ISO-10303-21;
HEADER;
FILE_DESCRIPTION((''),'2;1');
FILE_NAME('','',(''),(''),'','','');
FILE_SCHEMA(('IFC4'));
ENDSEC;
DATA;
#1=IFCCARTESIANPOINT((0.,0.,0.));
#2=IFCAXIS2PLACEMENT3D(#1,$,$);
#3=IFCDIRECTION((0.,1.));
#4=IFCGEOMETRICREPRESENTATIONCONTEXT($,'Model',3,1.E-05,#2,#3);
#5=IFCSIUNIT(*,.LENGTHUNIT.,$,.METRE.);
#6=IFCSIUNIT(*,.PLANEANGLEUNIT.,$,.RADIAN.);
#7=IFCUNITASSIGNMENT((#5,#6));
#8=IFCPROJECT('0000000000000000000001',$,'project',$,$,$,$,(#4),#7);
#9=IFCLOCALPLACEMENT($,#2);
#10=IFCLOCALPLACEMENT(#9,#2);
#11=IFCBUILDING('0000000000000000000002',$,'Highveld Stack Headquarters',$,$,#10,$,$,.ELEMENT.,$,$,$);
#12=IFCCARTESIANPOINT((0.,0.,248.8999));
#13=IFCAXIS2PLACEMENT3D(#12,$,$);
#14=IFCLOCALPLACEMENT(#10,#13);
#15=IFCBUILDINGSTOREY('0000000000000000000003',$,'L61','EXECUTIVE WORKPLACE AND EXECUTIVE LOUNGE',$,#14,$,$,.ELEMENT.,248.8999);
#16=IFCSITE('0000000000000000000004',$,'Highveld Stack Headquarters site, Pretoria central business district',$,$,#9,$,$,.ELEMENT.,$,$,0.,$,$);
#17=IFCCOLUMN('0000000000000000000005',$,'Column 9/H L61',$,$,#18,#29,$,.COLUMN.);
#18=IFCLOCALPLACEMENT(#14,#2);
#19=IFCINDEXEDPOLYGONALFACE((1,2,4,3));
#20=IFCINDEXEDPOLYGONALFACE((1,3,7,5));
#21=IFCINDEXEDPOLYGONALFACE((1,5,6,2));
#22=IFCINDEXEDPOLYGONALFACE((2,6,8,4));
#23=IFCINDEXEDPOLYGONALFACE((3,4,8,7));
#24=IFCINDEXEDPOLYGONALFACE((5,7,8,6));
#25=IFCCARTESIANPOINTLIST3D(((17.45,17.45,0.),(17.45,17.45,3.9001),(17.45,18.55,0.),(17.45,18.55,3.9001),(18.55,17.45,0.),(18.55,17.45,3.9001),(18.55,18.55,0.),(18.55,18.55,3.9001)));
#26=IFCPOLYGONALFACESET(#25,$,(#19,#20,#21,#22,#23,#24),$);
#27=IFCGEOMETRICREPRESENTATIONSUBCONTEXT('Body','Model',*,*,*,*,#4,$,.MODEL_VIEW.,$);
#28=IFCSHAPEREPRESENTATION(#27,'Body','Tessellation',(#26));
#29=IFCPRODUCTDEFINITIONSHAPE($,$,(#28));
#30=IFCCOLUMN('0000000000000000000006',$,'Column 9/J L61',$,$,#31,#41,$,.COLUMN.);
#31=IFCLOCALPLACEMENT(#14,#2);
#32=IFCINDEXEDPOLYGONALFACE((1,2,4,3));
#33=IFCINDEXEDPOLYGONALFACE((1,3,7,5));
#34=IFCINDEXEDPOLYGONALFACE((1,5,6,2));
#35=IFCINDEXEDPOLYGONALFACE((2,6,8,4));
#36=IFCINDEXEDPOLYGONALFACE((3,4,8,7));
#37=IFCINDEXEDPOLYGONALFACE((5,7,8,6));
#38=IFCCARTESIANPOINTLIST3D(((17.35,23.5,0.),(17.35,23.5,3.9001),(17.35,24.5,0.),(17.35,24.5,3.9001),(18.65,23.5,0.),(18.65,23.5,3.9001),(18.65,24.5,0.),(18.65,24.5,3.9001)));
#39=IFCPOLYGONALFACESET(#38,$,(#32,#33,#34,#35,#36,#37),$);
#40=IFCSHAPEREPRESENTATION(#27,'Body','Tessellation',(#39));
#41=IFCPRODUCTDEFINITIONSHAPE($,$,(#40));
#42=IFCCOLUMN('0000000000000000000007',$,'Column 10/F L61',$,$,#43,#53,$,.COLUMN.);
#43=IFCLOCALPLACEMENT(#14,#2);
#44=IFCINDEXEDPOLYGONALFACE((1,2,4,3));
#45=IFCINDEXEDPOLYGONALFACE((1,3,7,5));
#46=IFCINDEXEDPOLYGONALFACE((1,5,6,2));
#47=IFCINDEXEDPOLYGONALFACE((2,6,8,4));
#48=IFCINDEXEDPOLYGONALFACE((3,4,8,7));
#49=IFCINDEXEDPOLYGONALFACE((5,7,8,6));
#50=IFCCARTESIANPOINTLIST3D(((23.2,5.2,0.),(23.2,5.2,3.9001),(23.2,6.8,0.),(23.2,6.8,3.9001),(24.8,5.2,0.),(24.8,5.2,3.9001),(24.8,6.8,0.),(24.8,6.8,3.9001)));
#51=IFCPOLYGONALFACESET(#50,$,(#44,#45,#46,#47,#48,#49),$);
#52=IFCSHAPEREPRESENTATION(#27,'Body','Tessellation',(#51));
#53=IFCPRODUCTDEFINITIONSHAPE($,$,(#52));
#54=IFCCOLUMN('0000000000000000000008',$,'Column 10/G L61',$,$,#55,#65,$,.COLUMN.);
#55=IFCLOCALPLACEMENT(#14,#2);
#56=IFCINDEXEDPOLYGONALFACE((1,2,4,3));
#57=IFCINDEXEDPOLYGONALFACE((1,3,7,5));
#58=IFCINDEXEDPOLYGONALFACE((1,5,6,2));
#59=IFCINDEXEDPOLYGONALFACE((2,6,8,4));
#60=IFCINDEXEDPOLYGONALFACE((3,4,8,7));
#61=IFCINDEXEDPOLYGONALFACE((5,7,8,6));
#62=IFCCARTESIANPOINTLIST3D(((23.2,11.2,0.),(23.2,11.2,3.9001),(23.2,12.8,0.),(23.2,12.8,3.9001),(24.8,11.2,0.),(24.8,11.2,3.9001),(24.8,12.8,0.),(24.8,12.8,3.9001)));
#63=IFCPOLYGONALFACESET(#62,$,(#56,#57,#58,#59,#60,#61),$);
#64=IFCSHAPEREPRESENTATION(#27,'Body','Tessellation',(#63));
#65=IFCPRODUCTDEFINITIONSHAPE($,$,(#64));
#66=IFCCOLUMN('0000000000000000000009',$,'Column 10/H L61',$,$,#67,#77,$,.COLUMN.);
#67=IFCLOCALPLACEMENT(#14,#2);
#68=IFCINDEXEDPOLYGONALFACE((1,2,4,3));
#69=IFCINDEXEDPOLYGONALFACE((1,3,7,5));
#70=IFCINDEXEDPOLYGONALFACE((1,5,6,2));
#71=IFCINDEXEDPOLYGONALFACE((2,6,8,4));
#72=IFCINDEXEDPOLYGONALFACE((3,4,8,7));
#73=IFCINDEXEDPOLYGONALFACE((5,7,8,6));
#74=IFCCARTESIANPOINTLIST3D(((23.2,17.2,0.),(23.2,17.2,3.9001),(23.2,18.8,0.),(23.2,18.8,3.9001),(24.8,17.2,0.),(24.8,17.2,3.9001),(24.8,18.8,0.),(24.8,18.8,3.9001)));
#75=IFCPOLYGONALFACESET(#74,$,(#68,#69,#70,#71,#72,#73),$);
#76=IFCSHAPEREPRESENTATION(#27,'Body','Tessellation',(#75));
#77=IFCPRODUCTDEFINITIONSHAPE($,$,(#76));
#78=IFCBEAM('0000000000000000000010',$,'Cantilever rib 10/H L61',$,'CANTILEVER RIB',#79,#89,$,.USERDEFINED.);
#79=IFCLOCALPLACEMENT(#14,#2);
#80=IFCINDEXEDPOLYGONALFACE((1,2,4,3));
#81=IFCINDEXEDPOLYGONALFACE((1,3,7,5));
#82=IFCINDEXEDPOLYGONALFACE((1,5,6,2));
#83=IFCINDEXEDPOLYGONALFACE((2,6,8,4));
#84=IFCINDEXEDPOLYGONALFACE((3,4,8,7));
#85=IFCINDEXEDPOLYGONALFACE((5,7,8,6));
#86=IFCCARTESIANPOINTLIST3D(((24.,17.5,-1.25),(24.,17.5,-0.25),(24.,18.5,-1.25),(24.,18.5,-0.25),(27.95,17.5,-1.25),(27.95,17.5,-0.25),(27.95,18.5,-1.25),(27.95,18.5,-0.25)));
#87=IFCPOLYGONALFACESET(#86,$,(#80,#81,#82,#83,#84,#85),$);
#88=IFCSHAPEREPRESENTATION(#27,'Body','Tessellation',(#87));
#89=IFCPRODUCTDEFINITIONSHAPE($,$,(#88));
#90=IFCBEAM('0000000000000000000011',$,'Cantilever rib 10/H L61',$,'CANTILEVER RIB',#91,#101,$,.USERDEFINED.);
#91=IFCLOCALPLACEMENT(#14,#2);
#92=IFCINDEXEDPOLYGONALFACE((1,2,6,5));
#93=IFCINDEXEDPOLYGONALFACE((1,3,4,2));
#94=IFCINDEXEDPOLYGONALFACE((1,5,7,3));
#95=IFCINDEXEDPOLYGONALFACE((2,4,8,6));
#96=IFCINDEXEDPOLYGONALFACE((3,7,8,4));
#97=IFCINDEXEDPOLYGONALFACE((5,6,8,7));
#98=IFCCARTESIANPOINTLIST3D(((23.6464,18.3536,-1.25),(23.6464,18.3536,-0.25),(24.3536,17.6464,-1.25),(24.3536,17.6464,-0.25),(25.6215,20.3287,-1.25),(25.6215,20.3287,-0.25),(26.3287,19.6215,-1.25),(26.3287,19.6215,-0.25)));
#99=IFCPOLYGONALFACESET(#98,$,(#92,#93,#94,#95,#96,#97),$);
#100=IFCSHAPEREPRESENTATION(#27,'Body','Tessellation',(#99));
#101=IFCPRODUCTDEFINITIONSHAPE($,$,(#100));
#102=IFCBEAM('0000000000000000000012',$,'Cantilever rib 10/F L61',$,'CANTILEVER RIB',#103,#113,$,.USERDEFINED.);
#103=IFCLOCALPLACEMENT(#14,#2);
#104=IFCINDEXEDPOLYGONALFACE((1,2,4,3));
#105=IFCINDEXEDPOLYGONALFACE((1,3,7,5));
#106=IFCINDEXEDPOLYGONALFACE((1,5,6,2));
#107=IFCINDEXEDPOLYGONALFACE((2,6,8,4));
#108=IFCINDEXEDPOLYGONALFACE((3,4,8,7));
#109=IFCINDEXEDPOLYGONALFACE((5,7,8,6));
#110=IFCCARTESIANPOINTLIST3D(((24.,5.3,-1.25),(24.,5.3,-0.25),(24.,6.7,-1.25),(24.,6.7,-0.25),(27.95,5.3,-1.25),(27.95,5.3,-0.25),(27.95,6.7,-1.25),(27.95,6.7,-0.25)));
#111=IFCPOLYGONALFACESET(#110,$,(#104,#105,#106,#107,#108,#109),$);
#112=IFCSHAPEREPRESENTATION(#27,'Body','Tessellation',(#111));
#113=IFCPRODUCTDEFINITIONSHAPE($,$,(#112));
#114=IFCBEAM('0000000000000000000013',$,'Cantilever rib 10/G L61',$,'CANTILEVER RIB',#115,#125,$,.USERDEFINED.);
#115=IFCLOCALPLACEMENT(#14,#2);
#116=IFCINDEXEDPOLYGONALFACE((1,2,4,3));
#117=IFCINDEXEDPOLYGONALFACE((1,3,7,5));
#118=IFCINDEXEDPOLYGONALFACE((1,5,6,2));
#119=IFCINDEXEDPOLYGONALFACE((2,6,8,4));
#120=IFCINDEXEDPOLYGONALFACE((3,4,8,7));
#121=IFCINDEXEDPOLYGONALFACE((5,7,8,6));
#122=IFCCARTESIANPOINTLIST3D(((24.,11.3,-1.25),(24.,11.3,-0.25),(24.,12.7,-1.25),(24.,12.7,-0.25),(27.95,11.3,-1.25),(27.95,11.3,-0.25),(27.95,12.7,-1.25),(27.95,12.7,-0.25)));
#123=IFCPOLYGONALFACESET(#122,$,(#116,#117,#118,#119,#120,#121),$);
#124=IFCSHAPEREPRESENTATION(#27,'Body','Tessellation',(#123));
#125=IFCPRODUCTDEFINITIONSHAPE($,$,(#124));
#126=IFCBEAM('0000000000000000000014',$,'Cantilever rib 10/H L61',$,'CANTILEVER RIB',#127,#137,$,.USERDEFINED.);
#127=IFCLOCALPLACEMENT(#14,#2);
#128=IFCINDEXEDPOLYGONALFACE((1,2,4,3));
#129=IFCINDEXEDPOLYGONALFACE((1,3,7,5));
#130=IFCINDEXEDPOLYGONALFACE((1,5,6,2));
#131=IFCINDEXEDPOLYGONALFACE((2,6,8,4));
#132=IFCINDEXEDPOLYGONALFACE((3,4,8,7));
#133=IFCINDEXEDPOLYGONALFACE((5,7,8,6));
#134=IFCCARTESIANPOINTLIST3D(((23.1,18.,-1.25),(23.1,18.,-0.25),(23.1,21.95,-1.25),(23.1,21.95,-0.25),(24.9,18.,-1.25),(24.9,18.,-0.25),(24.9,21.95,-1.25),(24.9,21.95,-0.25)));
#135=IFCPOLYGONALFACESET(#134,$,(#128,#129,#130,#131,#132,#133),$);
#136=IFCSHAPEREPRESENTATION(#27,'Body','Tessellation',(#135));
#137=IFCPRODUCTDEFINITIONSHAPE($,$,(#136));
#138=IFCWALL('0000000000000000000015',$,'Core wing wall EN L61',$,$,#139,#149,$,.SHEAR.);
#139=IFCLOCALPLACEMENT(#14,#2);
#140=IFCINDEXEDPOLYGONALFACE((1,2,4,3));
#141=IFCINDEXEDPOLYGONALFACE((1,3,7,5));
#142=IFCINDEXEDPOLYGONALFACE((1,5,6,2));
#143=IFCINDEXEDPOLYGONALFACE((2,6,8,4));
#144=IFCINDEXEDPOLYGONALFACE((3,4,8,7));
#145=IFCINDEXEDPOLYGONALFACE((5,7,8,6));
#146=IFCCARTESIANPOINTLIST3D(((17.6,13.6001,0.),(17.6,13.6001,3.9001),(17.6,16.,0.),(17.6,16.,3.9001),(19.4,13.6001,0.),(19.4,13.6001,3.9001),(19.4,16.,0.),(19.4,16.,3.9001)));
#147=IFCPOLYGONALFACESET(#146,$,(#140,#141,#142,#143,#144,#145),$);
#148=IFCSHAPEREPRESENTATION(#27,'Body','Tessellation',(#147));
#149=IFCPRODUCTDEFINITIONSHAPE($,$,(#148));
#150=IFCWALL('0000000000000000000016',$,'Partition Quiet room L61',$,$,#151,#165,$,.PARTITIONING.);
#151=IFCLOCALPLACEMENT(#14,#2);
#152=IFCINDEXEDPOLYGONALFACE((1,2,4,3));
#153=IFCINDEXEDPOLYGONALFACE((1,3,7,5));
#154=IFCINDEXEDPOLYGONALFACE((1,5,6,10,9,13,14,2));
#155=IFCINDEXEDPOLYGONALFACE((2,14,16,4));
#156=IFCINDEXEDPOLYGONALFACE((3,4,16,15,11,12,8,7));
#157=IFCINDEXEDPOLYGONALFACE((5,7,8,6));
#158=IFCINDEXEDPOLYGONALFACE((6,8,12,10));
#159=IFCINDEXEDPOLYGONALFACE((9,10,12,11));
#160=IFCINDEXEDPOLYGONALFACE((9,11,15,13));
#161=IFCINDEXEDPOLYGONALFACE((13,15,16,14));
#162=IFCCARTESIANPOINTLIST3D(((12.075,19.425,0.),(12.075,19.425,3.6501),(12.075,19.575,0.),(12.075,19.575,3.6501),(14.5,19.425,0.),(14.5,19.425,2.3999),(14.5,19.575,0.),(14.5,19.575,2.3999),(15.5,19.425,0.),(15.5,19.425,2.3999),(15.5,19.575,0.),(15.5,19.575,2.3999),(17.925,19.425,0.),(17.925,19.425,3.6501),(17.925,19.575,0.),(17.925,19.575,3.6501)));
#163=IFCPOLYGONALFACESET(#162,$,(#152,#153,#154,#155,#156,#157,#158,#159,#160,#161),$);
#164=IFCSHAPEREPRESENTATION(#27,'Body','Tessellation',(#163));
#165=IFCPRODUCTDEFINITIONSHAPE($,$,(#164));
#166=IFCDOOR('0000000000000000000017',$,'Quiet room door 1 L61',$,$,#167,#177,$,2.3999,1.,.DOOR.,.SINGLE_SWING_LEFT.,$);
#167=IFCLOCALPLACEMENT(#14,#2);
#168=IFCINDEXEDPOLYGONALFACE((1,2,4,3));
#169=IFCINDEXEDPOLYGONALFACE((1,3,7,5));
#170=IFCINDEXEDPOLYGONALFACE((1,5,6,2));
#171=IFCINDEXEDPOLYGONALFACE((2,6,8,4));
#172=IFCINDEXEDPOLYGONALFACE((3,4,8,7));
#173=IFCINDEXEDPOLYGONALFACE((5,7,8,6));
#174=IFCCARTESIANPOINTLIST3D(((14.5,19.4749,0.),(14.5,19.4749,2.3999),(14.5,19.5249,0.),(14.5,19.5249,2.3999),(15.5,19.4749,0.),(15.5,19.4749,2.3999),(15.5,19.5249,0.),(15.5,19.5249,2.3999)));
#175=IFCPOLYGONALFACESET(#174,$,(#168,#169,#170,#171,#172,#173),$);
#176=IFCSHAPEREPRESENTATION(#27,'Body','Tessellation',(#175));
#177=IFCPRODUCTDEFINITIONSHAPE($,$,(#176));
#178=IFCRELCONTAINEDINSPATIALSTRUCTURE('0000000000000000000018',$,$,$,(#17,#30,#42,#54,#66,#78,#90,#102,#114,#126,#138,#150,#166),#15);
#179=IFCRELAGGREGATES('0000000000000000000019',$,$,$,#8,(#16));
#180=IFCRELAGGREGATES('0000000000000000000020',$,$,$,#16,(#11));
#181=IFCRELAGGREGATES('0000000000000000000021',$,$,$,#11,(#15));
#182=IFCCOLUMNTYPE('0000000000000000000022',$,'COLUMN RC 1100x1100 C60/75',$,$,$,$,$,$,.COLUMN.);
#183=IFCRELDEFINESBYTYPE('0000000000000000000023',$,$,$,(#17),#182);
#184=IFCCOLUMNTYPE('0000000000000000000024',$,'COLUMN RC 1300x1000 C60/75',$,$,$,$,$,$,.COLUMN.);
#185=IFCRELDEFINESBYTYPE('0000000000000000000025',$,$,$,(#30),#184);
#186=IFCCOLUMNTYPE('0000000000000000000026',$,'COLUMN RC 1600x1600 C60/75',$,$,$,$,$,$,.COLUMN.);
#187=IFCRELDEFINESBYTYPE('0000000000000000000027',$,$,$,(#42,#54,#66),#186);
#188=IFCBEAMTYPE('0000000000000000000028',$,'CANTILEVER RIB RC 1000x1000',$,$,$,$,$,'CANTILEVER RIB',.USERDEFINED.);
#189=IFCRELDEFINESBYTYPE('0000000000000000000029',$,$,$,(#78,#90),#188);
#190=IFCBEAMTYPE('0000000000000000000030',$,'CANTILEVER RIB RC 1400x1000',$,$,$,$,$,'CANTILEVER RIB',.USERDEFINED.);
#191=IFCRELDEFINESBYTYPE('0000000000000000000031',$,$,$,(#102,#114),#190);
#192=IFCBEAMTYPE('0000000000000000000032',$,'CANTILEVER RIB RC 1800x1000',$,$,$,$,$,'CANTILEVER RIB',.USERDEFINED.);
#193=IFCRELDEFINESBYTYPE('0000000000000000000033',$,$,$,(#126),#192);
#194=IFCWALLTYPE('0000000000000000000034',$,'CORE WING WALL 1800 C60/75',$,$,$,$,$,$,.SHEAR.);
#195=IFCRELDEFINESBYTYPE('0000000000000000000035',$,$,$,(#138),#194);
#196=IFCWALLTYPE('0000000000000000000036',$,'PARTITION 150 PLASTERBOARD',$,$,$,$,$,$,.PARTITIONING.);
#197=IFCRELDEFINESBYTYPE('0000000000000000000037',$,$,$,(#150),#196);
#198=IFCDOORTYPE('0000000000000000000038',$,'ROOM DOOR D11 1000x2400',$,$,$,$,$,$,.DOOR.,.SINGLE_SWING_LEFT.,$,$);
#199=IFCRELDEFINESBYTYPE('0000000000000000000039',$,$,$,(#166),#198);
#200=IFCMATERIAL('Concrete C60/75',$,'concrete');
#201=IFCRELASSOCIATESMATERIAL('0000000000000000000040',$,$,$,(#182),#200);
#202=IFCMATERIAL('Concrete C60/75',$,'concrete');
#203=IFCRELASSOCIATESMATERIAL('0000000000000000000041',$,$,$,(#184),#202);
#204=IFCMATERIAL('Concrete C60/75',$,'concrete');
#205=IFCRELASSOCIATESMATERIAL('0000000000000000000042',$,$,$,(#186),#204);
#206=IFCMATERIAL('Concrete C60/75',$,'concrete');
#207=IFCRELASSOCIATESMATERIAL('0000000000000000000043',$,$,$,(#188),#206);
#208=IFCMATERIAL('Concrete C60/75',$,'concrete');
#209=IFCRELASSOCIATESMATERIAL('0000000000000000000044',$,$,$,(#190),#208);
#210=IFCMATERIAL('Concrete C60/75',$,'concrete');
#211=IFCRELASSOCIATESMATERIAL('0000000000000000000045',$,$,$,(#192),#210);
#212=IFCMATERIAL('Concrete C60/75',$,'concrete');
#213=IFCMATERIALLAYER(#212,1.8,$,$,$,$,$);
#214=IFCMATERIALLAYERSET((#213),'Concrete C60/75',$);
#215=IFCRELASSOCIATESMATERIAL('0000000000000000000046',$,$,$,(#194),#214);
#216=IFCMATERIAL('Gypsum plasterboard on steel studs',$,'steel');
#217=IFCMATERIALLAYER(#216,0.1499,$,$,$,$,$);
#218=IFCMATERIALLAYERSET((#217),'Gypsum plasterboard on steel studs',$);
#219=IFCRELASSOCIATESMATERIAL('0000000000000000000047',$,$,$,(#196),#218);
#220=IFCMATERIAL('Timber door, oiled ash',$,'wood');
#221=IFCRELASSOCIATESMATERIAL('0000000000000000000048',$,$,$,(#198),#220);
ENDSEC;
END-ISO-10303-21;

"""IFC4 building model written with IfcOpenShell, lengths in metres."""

from ifc_helpers import new_model, si_unit, direction, frame, frame_2d, origin, origin_2d, place, context, subcontext, project, spatial, rectangle, extrude, material, layer, layer_set, material_profile, profile_set, type_object, element, fill, save


model = new_model("IFC4")

# Units and contexts
model_context = context("Model", 3, precision=1e-05, world=origin(), true_north=direction((0.0, 1.0)))
body_context = subcontext(model_context, "Body", "Model", "MODEL_VIEW")
ifc_project = project(units=[si_unit("LENGTHUNIT", "METRE"), si_unit("PLANEANGLEUNIT", "RADIAN")], contexts=[model_context])

# Site, building, storey
site_placement = place(None, origin())
site = spatial("IfcSite", under=ifc_project, at=site_placement, Name="Highveld Stack Headquarters site, Pretoria central business district", CompositionType="ELEMENT", RefElevation=0.0)
building_placement = place(site_placement, origin())
building = spatial("IfcBuilding", under=site, at=building_placement, Name="Highveld Stack Headquarters", CompositionType="ELEMENT")
storey_placement = place(building_placement, frame((0.0, 0.0, 248.8999)))
storey = spatial("IfcBuildingStorey", under=building, at=storey_placement, Name="L61", Description="EXECUTIVE WORKPLACE AND EXECUTIVE LOUNGE", CompositionType="ELEMENT", Elevation=248.8999)

# Columns
ifc_material_1 = material(Name="Concrete C60/75", Category="concrete")
ifc_material_profile_1 = material_profile(ifc_material_1, rectangle(XDim=1.1001, YDim=1.1001, at=origin_2d()), Name="RC 1100x1100")
ifc_profile_set_1 = profile_set([ifc_material_profile_1], Name="Concrete C60/75")
column_type_1 = type_object("IfcColumnType", Name="COLUMN RC 1100x1100 C60/75", PredefinedType="COLUMN", material=ifc_profile_set_1)
column_1_placement = place(storey_placement, frame((18.0, 18.0, 0.0), z_axis=(0.0, 0.0, 1.0), x_axis=(1.0, 0.0, 0.0)))
element("IfcColumn", 1, at=column_1_placement, inside=storey, type_object=column_type_1, Name="Column 9/H L61", PredefinedType="COLUMN", context=body_context, shape_type="SweptSolid", body=[
    extrude(rectangle(XDim=1.1001, YDim=1.1001, at=origin_2d()), origin(), (0.0, 0.0, 1.0), 3.9001),
])
ifc_material_2 = material(Name="Concrete C60/75", Category="concrete")
ifc_material_profile_2 = material_profile(ifc_material_2, rectangle(XDim=1.3, YDim=1.0, at=origin_2d()), Name="RC 1300x1000")
ifc_profile_set_2 = profile_set([ifc_material_profile_2], Name="Concrete C60/75")
column_type_2 = type_object("IfcColumnType", Name="COLUMN RC 1300x1000 C60/75", PredefinedType="COLUMN", material=ifc_profile_set_2)
column_2_placement = place(storey_placement, frame((18.0, 24.0, 0.0), z_axis=(0.0, 0.0, 1.0), x_axis=(1.0, 0.0, 0.0)))
element("IfcColumn", 2, at=column_2_placement, inside=storey, type_object=column_type_2, Name="Column 9/J L61", PredefinedType="COLUMN", context=body_context, shape_type="SweptSolid", body=[
    extrude(rectangle(XDim=1.3, YDim=1.0, at=origin_2d()), origin(), (0.0, 0.0, 1.0), 3.9001),
])
ifc_material_3 = material(Name="Concrete C60/75", Category="concrete")
ifc_material_profile_3 = material_profile(ifc_material_3, rectangle(XDim=1.6001, YDim=1.6001, at=origin_2d()), Name="RC 1600x1600")
ifc_profile_set_3 = profile_set([ifc_material_profile_3], Name="Concrete C60/75")
column_type_3 = type_object("IfcColumnType", Name="COLUMN RC 1600x1600 C60/75", PredefinedType="COLUMN", material=ifc_profile_set_3)
for number, where, z_axis, x_axis, name in (
    (3, (24.0, 6.0, 0.0), (0.0, 0.0, 1.0), (1.0, 0.0, 0.0), "Column 10/F L61"),
    (4, (24.0, 12.0, 0.0), (0.0, 0.0, 1.0), (1.0, 0.0, 0.0), "Column 10/G L61"),
    (5, (24.0, 18.0, 0.0), (0.0, 0.0, 1.0), (1.0, 0.0, 0.0), "Column 10/H L61"),
):
    element("IfcColumn", number, at=place(storey_placement, frame(where, z_axis=z_axis, x_axis=x_axis)), inside=storey, type_object=column_type_3, Name=name, PredefinedType="COLUMN", context=body_context, shape_type="SweptSolid", body=[
        extrude(rectangle(XDim=1.6001, YDim=1.6001, at=origin_2d()), origin(), (0.0, 0.0, 1.0), 3.9001),
    ])

# Beams
ifc_material_4 = material(Name="Concrete C60/75", Category="concrete")
ifc_material_profile_4 = material_profile(ifc_material_4, rectangle(XDim=1.0, YDim=1.0, at=origin_2d()), Name="RC 1000x1000")
ifc_profile_set_4 = profile_set([ifc_material_profile_4], Name="Concrete C60/75")
beam_type_1 = type_object("IfcBeamType", Name="CANTILEVER RIB RC 1000x1000", ElementType="CANTILEVER RIB", PredefinedType="USERDEFINED", material=ifc_profile_set_4)
beam_1_placement = place(storey_placement, frame((24.0, 18.0, -0.75), z_axis=(1.0, 0.0, 0.0), x_axis=(0.0, 1.0, 0.0)))
element("IfcBeam", 6, at=beam_1_placement, inside=storey, type_object=beam_type_1, Name="Cantilever rib 10/H L61", ObjectType="CANTILEVER RIB", PredefinedType="USERDEFINED", context=body_context, shape_type="SweptSolid", body=[
    extrude(rectangle(XDim=1.0, YDim=1.0, at=origin_2d()), origin(), (0.0, 0.0, 1.0), 3.95),
])
beam_2_placement = place(storey_placement, frame((24.0, 18.0, -0.75), z_axis=(0.707107, 0.707107, 0.0), x_axis=(-0.707107, 0.707107, 0.0)))
element("IfcBeam", 7, at=beam_2_placement, inside=storey, type_object=beam_type_1, Name="Cantilever rib 10/H L61", ObjectType="CANTILEVER RIB", PredefinedType="USERDEFINED", context=body_context, shape_type="SweptSolid", body=[
    extrude(rectangle(XDim=1.0, YDim=1.0, at=origin_2d()), origin(), (0.0, 0.0, 1.0), 2.7932),
])
ifc_material_5 = material(Name="Concrete C60/75", Category="concrete")
ifc_material_profile_5 = material_profile(ifc_material_5, rectangle(XDim=1.3999, YDim=1.0, at=origin_2d()), Name="RC 1400x1000")
ifc_profile_set_5 = profile_set([ifc_material_profile_5], Name="Concrete C60/75")
beam_type_2 = type_object("IfcBeamType", Name="CANTILEVER RIB RC 1400x1000", ElementType="CANTILEVER RIB", PredefinedType="USERDEFINED", material=ifc_profile_set_5)
for number, where, z_axis, x_axis, name in (
    (8, (24.0, 6.0, -0.75), (1.0, 0.0, 0.0), (0.0, 1.0, 0.0), "Cantilever rib 10/F L61"),
    (9, (24.0, 12.0, -0.75), (1.0, 0.0, 0.0), (0.0, 1.0, 0.0), "Cantilever rib 10/G L61"),
):
    element("IfcBeam", number, at=place(storey_placement, frame(where, z_axis=z_axis, x_axis=x_axis)), inside=storey, type_object=beam_type_2, Name=name, ObjectType="CANTILEVER RIB", PredefinedType="USERDEFINED", context=body_context, shape_type="SweptSolid", body=[
        extrude(rectangle(XDim=1.3999, YDim=1.0, at=origin_2d()), origin(), (0.0, 0.0, 1.0), 3.95),
    ])
ifc_material_6 = material(Name="Concrete C60/75", Category="concrete")
ifc_material_profile_6 = material_profile(ifc_material_6, rectangle(XDim=1.8, YDim=1.0, at=origin_2d()), Name="RC 1800x1000")
ifc_profile_set_6 = profile_set([ifc_material_profile_6], Name="Concrete C60/75")
beam_type_3 = type_object("IfcBeamType", Name="CANTILEVER RIB RC 1800x1000", ElementType="CANTILEVER RIB", PredefinedType="USERDEFINED", material=ifc_profile_set_6)
beam_3_placement = place(storey_placement, frame((24.0, 18.0, -0.75), z_axis=(0.0, 1.0, 0.0), x_axis=(-1.0, 0.0, 0.0)))
element("IfcBeam", 10, at=beam_3_placement, inside=storey, type_object=beam_type_3, Name="Cantilever rib 10/H L61", ObjectType="CANTILEVER RIB", PredefinedType="USERDEFINED", context=body_context, shape_type="SweptSolid", body=[
    extrude(rectangle(XDim=1.8, YDim=1.0, at=origin_2d()), origin(), (0.0, 0.0, 1.0), 3.95),
])

# Wall
ifc_material_7 = material(Name="Concrete C60/75", Category="concrete")
ifc_layer_1 = layer(ifc_material_7, 1.8)
ifc_layer_set_1 = layer_set([ifc_layer_1], Name="Concrete C60/75")
wall_type_1 = type_object("IfcWallType", Name="CORE WING WALL 1800 C60/75", PredefinedType="SHEAR", material=ifc_layer_set_1)
wall_1_placement = place(storey_placement, frame((18.5, 13.6001, 0.0), z_axis=(0.0, 0.0, 1.0), x_axis=(0.0, 1.0, 0.0)))
element("IfcWall", 11, at=wall_1_placement, inside=storey, type_object=wall_type_1, Name="Core wing wall EN L61", PredefinedType="SHEAR", context=body_context, shape_type="SweptSolid", body=[
    extrude(rectangle(XDim=2.3999, YDim=1.8, at=frame_2d((1.2, 0.0))), origin(), (0.0, 0.0, 1.0), 3.9001),
])

# Wall, opening, door
ifc_material_8 = material(Name="Gypsum plasterboard on steel studs", Category="steel")
ifc_layer_2 = layer(ifc_material_8, 0.1499)
ifc_layer_set_2 = layer_set([ifc_layer_2], Name="Gypsum plasterboard on steel studs")
wall_type_2 = type_object("IfcWallType", Name="PARTITION 150 PLASTERBOARD", PredefinedType="PARTITIONING", material=ifc_layer_set_2)
wall_2_placement = place(storey_placement, frame((12.075, 19.5, 0.0), z_axis=(0.0, 0.0, 1.0), x_axis=(1.0, 0.0, 0.0)))
wall_2 = element("IfcWall", 12, at=wall_2_placement, inside=storey, type_object=wall_type_2, Name="Partition Quiet room L61", PredefinedType="PARTITIONING", context=body_context, shape_type="SweptSolid", body=[
    extrude(rectangle(XDim=5.8501, YDim=0.1499, at=frame_2d((2.925, 0.0))), origin(), (0.0, 0.0, 1.0), 3.6501),
])
opening_1_placement = place(wall_2_placement, frame((2.425, 0.0, 0.0)))
opening_1 = element("IfcOpeningElement", 13, at=opening_1_placement, cuts=wall_2, PredefinedType="OPENING", context=body_context, shape_type="SweptSolid", body=[
    extrude(rectangle(XDim=1.0, YDim=2.3999, at=frame_2d((0.5, 1.2))), frame((0.0, 0.085, 0.0), z_axis=(0.0, -1.0, 0.0), x_axis=(1.0, 0.0, 0.0)), (0.0, 0.0, 1.0), 0.1699),
])
ifc_material_9 = material(Name="Timber door, oiled ash", Category="wood")
door_type = type_object("IfcDoorType", Name="ROOM DOOR D11 1000x2400", OperationType="SINGLE_SWING_LEFT", PredefinedType="DOOR", material=ifc_material_9)
door_1_placement = place(opening_1_placement, origin())
door_1 = element("IfcDoor", 14, at=door_1_placement, inside=storey, type_object=door_type, Name="Quiet room door 1 L61", OperationType="SINGLE_SWING_LEFT", OverallHeight=2.3999, OverallWidth=1.0, PredefinedType="DOOR", context=body_context, shape_type="SweptSolid", body=[
    extrude(rectangle(XDim=1.0, YDim=2.3999, at=frame_2d((0.5, 1.2))), frame((0.0, 0.0249, 0.0), z_axis=(0.0, -1.0, 0.0), x_axis=(1.0, 0.0, 0.0)), (0.0, 0.0, 1.0), 0.05),
])
fill(opening_1, door_1)

save(model, "model.ifc")
